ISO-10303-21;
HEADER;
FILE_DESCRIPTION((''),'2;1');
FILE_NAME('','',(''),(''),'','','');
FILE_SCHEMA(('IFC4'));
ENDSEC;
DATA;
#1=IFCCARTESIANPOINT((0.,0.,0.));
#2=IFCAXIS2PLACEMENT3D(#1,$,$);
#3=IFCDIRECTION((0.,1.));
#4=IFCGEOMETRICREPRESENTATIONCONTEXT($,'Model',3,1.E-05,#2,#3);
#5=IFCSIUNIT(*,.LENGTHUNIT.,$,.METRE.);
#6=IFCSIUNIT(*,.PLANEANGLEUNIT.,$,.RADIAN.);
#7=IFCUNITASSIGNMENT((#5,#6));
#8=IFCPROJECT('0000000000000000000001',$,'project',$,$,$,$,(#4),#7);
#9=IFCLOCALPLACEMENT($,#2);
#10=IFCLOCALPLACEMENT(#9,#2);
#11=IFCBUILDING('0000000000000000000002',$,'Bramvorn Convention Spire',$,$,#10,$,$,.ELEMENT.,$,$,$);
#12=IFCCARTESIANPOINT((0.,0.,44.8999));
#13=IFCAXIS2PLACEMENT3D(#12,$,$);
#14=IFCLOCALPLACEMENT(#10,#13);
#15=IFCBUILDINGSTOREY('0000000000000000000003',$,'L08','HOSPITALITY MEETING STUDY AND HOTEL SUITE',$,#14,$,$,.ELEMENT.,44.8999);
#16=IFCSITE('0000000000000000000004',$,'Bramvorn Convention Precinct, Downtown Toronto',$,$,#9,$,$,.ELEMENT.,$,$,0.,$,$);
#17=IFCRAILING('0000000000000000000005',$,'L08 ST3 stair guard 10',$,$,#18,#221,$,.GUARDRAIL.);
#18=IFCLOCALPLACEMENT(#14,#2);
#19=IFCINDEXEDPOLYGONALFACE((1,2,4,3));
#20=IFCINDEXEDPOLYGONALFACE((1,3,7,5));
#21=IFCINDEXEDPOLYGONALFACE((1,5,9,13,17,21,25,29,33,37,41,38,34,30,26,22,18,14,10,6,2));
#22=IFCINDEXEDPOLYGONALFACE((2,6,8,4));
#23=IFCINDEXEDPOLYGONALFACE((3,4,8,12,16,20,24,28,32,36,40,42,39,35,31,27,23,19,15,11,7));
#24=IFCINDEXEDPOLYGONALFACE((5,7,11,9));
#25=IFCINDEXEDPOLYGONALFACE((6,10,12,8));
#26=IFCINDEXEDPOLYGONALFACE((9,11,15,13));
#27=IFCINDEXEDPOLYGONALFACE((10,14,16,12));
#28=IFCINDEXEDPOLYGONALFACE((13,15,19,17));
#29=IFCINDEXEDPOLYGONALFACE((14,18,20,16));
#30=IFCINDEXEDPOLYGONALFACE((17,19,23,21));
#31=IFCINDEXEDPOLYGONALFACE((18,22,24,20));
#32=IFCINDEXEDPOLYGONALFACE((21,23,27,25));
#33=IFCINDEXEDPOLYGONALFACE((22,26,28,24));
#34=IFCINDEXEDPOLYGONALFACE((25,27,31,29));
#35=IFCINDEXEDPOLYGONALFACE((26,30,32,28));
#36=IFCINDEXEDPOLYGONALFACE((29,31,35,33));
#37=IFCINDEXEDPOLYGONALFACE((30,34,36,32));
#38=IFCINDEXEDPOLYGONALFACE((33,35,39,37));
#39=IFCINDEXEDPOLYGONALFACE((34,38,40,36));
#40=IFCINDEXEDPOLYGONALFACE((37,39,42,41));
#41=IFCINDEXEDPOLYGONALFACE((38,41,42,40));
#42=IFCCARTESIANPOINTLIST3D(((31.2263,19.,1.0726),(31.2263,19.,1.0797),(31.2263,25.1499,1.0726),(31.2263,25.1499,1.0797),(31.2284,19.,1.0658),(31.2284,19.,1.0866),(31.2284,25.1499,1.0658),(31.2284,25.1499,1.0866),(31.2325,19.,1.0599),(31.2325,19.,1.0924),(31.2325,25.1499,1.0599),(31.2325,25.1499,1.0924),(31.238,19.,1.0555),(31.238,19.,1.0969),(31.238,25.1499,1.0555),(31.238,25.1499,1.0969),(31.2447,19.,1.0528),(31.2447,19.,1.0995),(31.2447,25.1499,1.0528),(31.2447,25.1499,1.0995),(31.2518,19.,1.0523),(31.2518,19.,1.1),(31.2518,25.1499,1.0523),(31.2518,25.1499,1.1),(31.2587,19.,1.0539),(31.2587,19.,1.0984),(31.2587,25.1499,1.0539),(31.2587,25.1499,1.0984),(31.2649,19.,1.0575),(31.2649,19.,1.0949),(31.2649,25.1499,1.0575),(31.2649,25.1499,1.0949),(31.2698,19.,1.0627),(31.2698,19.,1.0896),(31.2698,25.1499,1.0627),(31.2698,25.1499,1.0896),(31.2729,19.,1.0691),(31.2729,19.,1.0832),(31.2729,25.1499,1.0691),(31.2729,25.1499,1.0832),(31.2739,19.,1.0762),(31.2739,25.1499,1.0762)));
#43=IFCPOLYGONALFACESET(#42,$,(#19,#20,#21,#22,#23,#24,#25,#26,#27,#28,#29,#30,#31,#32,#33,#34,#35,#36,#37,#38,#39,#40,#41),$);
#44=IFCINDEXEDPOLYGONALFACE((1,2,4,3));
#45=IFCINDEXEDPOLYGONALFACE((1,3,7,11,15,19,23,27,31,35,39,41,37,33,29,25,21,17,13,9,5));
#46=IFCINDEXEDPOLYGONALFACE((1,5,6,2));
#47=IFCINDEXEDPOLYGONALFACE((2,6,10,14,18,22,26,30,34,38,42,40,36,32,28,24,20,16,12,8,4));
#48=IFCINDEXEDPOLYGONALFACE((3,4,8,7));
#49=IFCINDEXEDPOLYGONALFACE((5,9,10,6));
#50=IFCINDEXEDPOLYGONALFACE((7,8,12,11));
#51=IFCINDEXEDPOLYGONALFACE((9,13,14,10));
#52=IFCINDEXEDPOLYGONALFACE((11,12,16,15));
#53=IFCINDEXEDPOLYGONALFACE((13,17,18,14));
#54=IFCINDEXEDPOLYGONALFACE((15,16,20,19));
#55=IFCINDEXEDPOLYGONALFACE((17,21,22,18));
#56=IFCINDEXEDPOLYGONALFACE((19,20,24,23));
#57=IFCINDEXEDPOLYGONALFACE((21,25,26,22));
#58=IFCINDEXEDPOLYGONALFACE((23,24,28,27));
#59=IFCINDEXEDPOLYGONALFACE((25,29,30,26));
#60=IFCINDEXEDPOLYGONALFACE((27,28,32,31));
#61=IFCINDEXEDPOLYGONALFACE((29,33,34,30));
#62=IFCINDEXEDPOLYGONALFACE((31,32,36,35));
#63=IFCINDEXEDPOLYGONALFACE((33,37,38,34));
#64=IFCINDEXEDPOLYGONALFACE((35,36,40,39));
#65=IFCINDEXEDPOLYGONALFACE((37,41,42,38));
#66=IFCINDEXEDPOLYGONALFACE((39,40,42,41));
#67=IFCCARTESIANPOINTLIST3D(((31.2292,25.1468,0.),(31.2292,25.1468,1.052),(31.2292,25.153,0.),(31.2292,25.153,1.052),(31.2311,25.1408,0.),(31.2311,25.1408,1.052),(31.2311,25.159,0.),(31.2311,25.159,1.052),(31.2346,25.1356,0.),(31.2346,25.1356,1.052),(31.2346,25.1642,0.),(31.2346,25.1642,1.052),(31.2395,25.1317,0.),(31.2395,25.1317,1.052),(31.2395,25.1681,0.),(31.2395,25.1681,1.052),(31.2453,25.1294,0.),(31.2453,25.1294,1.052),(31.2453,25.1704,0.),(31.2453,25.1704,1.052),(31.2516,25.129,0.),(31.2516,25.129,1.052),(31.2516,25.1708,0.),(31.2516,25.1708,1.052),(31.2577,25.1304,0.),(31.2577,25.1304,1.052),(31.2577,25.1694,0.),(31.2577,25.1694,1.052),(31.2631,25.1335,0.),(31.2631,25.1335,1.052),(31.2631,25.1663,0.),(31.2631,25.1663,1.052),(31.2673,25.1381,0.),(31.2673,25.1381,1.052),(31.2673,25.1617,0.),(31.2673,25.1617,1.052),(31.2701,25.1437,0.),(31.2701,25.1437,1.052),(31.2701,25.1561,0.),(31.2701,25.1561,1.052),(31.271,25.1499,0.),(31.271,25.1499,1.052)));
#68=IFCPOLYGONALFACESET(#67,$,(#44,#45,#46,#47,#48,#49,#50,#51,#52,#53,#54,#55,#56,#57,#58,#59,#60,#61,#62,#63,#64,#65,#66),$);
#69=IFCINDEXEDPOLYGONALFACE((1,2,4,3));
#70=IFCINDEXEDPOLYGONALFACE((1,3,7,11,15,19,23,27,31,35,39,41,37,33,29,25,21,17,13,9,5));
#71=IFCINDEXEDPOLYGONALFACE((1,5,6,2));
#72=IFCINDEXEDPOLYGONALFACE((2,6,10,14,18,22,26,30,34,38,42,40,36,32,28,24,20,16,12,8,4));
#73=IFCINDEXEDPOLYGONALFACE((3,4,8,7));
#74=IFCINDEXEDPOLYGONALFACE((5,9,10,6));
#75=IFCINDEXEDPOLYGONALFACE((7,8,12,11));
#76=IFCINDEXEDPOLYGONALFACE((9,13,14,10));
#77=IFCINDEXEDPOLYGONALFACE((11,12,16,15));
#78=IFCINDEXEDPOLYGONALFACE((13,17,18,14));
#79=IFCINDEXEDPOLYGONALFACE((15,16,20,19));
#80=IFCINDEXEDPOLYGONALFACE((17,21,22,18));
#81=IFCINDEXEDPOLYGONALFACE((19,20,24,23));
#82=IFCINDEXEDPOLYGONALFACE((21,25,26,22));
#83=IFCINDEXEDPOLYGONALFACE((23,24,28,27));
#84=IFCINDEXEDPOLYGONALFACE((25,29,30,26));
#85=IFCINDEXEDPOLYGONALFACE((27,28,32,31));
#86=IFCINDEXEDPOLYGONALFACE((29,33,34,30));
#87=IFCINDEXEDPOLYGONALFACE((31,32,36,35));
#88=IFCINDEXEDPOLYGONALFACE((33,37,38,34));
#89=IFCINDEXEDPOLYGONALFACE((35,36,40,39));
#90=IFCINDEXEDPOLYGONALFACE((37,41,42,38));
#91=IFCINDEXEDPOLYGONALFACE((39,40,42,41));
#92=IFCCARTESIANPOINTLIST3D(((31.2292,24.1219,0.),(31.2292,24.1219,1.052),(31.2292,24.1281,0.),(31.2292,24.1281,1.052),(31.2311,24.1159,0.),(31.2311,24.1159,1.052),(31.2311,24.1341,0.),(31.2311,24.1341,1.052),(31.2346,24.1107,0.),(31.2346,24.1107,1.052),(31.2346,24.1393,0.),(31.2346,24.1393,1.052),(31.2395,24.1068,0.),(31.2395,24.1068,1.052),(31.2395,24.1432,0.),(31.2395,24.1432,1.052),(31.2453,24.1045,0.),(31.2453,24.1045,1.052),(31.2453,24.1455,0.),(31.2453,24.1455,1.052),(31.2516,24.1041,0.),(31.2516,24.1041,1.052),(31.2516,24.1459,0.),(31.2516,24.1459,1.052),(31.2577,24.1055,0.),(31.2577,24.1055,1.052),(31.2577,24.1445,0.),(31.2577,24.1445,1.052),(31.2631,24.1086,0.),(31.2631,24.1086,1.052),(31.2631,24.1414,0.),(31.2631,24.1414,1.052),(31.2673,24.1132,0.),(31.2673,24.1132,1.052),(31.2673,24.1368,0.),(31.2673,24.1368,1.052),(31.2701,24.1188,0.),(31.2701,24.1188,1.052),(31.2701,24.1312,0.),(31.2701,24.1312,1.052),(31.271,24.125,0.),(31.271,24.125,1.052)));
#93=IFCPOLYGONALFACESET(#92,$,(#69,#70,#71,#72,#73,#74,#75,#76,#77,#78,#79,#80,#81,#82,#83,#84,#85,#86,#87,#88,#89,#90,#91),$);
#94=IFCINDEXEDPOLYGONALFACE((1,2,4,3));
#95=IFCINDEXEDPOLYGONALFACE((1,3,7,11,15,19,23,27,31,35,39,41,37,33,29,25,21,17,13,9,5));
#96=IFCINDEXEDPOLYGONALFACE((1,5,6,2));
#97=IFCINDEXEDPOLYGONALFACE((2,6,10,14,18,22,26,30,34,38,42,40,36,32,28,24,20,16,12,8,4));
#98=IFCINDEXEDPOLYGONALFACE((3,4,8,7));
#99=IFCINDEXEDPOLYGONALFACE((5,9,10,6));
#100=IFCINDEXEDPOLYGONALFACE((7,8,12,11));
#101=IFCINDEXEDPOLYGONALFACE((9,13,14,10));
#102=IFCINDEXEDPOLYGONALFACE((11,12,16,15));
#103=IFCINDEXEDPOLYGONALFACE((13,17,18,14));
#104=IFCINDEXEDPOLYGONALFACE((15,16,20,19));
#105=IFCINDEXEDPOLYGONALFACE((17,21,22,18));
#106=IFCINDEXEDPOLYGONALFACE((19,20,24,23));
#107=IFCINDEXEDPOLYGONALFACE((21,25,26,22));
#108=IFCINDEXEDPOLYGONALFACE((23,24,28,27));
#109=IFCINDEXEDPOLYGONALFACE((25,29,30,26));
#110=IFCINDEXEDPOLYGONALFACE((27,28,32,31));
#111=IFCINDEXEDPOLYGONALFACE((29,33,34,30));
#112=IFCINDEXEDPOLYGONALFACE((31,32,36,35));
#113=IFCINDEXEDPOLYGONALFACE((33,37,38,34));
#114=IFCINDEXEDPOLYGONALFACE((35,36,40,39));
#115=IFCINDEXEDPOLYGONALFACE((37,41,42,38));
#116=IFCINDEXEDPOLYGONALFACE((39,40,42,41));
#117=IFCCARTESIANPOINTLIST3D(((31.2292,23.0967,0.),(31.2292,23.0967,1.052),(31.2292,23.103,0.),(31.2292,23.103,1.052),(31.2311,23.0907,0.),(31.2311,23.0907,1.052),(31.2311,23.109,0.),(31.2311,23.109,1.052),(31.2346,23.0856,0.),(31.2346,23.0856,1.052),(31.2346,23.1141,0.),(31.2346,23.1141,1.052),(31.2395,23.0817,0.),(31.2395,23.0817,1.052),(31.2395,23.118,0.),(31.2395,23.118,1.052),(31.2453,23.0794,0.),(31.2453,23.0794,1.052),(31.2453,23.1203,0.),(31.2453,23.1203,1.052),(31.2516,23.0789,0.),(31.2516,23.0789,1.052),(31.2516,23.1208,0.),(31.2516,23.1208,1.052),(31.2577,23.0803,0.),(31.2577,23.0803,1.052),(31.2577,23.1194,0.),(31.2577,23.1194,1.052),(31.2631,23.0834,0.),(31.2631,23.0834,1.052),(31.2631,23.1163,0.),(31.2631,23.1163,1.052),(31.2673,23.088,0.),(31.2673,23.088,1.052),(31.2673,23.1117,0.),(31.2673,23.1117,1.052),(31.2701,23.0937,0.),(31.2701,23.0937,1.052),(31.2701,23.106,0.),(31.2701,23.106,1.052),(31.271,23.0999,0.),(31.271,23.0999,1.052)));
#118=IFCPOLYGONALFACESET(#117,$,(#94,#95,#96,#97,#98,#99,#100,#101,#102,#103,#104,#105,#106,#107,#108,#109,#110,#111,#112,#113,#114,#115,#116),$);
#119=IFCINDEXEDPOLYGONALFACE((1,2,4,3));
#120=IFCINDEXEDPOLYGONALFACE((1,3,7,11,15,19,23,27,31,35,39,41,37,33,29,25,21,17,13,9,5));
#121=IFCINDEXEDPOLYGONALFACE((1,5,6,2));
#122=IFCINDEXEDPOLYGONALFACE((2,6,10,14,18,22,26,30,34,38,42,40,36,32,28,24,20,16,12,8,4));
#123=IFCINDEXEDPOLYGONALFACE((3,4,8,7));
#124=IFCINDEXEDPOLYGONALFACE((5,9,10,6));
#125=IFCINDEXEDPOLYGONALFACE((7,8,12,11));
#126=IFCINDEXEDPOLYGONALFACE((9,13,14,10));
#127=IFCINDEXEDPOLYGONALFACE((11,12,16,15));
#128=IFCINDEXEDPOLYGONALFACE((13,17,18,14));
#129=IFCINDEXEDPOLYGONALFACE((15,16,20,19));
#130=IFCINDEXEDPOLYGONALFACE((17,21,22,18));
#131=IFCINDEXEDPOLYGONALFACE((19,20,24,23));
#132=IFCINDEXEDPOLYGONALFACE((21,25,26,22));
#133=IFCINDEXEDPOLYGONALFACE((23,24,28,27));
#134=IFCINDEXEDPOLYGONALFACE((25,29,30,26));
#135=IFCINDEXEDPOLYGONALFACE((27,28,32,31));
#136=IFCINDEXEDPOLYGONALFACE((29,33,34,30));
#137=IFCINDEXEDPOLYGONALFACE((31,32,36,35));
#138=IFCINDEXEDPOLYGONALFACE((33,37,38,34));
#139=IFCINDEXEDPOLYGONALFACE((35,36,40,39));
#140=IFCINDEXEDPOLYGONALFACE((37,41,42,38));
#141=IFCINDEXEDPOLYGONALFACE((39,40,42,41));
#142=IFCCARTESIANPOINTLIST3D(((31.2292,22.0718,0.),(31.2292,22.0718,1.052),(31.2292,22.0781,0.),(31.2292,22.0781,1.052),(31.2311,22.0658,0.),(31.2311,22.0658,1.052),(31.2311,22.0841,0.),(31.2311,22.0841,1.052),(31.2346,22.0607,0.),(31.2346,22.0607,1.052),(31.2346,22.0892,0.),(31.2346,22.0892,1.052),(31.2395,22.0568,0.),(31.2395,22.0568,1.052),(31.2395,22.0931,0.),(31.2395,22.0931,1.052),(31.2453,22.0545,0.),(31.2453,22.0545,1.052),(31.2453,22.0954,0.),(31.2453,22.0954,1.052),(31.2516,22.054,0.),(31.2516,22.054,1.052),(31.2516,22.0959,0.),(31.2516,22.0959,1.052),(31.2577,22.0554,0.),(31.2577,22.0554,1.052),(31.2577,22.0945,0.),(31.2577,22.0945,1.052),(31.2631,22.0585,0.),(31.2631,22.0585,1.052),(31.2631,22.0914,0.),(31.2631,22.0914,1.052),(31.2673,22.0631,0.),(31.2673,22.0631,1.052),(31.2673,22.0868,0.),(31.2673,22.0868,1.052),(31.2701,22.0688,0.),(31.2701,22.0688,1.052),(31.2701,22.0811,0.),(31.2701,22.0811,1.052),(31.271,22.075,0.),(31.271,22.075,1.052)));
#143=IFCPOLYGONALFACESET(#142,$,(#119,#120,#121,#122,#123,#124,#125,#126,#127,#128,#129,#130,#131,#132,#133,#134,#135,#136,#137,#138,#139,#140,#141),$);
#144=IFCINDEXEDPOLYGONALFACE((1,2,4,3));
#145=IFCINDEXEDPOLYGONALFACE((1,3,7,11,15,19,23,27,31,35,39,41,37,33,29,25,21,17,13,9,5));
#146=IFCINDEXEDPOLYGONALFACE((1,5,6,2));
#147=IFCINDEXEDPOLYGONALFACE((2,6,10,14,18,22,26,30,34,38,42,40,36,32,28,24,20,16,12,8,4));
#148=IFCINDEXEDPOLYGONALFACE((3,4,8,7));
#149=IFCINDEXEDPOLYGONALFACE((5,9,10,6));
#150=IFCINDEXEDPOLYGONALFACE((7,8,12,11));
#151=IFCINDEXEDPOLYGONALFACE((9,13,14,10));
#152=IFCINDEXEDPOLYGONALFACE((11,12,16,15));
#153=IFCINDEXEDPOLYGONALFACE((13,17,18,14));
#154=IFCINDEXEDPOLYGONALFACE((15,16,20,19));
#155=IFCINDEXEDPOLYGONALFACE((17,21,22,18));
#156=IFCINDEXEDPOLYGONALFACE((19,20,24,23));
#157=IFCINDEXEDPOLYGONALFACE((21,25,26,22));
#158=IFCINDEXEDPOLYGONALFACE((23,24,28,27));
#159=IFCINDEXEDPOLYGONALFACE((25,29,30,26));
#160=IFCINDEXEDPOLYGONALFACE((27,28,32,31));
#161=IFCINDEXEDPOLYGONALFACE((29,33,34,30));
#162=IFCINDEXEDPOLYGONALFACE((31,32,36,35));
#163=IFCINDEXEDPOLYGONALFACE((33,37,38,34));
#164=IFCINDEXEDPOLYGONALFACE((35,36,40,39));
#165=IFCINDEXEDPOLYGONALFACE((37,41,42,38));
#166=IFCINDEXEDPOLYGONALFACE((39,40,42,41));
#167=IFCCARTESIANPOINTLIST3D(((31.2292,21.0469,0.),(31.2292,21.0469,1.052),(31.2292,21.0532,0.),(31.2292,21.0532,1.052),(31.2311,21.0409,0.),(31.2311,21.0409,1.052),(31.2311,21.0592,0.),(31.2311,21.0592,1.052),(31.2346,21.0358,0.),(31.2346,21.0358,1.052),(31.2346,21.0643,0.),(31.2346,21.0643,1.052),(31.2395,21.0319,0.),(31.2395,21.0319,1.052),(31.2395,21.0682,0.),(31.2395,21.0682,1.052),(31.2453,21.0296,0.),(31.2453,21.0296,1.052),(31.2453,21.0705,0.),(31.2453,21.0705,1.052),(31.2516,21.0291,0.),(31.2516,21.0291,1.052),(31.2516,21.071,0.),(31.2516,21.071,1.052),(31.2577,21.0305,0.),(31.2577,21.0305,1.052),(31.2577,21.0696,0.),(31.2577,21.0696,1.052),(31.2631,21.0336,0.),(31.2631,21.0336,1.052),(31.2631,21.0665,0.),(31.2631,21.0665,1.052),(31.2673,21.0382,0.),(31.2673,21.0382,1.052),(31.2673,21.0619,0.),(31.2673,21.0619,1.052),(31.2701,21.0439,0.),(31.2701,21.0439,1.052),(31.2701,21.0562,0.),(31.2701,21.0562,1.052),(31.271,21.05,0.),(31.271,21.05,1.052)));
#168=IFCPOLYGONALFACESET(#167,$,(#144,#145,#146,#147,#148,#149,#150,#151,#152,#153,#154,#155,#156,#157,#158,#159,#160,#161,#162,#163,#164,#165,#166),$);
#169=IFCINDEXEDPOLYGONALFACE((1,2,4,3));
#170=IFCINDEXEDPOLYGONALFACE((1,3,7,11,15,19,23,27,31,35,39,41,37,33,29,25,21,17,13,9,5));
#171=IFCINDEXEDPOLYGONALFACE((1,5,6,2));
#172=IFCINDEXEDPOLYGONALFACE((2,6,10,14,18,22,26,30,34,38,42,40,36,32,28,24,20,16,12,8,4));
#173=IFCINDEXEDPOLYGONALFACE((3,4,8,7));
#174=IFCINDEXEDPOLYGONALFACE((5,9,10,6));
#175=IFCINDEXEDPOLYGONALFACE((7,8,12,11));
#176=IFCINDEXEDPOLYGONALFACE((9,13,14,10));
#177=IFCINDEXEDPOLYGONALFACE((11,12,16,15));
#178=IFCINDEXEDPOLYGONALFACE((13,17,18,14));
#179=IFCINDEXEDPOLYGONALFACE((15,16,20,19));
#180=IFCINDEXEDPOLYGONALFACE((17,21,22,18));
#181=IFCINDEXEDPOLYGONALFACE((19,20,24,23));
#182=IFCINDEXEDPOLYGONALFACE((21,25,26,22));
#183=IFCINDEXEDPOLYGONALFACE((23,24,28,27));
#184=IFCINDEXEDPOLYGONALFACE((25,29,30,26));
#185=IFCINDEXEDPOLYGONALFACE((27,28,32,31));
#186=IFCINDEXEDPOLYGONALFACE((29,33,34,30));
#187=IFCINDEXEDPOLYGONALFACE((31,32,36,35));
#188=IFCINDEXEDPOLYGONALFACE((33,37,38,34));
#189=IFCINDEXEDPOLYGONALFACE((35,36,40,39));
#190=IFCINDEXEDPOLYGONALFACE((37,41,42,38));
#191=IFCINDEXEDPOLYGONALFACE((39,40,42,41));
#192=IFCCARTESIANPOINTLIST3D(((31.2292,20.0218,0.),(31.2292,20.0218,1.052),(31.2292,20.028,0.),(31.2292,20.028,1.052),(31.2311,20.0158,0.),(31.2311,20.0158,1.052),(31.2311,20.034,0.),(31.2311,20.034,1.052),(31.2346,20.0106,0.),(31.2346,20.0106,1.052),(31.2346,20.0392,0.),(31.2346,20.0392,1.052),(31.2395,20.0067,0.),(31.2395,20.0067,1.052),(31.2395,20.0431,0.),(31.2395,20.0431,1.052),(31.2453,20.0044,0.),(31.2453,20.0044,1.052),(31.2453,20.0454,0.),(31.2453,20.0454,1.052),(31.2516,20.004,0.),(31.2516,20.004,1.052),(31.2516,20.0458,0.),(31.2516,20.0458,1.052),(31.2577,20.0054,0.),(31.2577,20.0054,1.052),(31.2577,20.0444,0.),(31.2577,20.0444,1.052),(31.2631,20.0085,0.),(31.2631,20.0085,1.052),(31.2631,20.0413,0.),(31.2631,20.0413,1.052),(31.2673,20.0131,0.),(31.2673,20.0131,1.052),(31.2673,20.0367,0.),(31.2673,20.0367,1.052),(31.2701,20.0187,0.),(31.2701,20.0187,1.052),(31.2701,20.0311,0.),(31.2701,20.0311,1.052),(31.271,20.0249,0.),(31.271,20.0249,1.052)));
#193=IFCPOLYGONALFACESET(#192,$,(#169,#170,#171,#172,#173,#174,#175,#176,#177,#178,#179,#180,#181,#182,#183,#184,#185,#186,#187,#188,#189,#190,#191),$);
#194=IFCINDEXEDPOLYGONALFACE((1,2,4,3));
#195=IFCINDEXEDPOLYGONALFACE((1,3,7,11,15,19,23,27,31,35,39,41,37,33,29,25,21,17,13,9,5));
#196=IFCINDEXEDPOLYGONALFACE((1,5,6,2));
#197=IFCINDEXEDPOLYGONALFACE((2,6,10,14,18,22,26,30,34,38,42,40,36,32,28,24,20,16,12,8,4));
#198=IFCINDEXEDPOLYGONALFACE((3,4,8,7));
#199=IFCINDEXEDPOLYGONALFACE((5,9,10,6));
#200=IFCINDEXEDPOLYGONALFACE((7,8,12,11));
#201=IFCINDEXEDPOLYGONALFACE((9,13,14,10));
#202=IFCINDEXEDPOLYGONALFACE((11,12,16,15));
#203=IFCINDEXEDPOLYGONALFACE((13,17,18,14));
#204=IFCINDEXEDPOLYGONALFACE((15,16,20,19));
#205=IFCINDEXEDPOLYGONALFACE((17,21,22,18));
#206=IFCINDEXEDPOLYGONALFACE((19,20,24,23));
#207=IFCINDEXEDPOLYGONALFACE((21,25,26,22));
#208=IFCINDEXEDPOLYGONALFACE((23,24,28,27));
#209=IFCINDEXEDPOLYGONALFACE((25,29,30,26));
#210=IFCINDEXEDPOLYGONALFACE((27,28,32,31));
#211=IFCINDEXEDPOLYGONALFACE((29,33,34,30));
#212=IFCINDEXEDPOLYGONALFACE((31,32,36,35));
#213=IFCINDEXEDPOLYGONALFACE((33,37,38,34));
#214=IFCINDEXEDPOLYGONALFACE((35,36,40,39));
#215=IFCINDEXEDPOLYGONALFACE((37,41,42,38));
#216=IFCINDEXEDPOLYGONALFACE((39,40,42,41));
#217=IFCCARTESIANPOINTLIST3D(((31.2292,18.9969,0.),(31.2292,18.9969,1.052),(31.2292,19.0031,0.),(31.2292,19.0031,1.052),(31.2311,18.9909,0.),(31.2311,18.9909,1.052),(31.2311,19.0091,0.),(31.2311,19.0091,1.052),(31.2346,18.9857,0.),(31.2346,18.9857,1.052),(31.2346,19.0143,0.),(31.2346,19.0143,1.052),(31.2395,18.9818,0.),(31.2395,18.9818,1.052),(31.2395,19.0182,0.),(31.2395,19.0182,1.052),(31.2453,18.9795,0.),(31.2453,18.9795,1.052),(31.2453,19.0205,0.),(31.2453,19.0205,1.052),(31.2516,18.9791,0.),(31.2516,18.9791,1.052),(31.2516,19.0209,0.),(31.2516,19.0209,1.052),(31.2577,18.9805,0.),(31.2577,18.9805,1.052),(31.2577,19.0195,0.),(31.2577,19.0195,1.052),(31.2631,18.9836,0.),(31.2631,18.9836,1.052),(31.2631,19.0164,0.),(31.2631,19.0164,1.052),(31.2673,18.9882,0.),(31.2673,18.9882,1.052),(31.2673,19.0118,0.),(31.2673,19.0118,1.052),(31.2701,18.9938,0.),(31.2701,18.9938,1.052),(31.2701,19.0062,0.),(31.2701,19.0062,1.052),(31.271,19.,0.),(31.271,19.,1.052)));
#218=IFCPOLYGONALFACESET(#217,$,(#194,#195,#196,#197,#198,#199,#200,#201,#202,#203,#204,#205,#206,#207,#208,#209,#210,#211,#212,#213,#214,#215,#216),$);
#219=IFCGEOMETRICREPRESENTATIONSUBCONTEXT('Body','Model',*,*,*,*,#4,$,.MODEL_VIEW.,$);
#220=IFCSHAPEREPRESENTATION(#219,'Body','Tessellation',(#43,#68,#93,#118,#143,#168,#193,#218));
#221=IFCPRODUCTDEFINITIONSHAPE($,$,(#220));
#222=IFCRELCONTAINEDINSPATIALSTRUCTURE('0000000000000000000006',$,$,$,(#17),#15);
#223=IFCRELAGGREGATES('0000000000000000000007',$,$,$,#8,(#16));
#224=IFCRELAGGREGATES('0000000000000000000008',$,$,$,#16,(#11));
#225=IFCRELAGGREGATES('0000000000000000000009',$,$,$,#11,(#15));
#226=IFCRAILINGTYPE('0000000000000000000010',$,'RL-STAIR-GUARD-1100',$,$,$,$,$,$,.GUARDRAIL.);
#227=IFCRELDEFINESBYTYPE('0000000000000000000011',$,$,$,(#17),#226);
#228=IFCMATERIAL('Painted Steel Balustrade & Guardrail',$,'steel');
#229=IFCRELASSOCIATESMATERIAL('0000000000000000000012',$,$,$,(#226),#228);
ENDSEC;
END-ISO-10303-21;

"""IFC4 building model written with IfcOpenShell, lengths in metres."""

from ifc_helpers import new_model, si_unit, direction, frame, origin, origin_2d, place, context, subcontext, project, spatial, circle, extrude, material, type_object, element, save


model = new_model("IFC4")

# Units and contexts
model_context = context("Model", 3, precision=1e-05, world=origin(), true_north=direction((0.0, 1.0)))
body_context = subcontext(model_context, "Body", "Model", "MODEL_VIEW")
ifc_project = project(units=[si_unit("LENGTHUNIT", "METRE"), si_unit("PLANEANGLEUNIT", "RADIAN")], contexts=[model_context])

# Site, building, storey
site_placement = place(None, origin())
site = spatial("IfcSite", under=ifc_project, at=site_placement, Name="Bramvorn Convention Precinct, Downtown Toronto", CompositionType="ELEMENT", RefElevation=0.0)
building_placement = place(site_placement, origin())
building = spatial("IfcBuilding", under=site, at=building_placement, Name="Bramvorn Convention Spire", CompositionType="ELEMENT")
storey_placement = place(building_placement, frame((0.0, 0.0, 44.8999)))
storey = spatial("IfcBuildingStorey", under=building, at=storey_placement, Name="L08", Description="HOSPITALITY MEETING STUDY AND HOTEL SUITE", CompositionType="ELEMENT", Elevation=44.8999)

# Railing
ifc_material_1 = material(Name="Painted Steel Balustrade & Guardrail", Category="steel")
railing_type_1 = type_object("IfcRailingType", Name="RL-STAIR-GUARD-1100", PredefinedType="GUARDRAIL", material=ifc_material_1)
railing_1_placement = place(storey_placement, frame((31.25, 25.1499, 0.0)))
element("IfcRailing", 1, at=railing_1_placement, inside=storey, type_object=railing_type_1, Name="L08 ST3 stair guard 10", PredefinedType="GUARDRAIL", context=body_context, shape_type="SweptSolid", body=[
    extrude(circle(Radius=0.0239, at=origin_2d()), frame((0.0, 0.0, 1.0762), z_axis=(0.0, -1.0, 0.0), x_axis=(1.0, 0.0, 0.0)), (0.0, 0.0, 1.0), 6.1499),
    extrude(circle(Radius=0.021, at=origin_2d()), origin(), (0.0, 0.0, 1.0), 1.052),
    extrude(circle(Radius=0.021, at=origin_2d()), frame((0.0, -1.0249, 0.0)), (0.0, 0.0, 1.0), 1.052),
    extrude(circle(Radius=0.021, at=origin_2d()), frame((0.0, -2.05, 0.0)), (0.0, 0.0, 1.0), 1.052),
    extrude(circle(Radius=0.021, at=origin_2d()), frame((0.0, -3.075, 0.0)), (0.0, 0.0, 1.0), 1.052),
    extrude(circle(Radius=0.021, at=origin_2d()), frame((0.0, -4.0999, 0.0)), (0.0, 0.0, 1.0), 1.052),
    extrude(circle(Radius=0.021, at=origin_2d()), frame((0.0, -5.125, 0.0)), (0.0, 0.0, 1.0), 1.052),
    extrude(circle(Radius=0.021, at=origin_2d()), frame((0.0, -6.1499, 0.0)), (0.0, 0.0, 1.0), 1.052),
])

save(model, "model.ifc")
